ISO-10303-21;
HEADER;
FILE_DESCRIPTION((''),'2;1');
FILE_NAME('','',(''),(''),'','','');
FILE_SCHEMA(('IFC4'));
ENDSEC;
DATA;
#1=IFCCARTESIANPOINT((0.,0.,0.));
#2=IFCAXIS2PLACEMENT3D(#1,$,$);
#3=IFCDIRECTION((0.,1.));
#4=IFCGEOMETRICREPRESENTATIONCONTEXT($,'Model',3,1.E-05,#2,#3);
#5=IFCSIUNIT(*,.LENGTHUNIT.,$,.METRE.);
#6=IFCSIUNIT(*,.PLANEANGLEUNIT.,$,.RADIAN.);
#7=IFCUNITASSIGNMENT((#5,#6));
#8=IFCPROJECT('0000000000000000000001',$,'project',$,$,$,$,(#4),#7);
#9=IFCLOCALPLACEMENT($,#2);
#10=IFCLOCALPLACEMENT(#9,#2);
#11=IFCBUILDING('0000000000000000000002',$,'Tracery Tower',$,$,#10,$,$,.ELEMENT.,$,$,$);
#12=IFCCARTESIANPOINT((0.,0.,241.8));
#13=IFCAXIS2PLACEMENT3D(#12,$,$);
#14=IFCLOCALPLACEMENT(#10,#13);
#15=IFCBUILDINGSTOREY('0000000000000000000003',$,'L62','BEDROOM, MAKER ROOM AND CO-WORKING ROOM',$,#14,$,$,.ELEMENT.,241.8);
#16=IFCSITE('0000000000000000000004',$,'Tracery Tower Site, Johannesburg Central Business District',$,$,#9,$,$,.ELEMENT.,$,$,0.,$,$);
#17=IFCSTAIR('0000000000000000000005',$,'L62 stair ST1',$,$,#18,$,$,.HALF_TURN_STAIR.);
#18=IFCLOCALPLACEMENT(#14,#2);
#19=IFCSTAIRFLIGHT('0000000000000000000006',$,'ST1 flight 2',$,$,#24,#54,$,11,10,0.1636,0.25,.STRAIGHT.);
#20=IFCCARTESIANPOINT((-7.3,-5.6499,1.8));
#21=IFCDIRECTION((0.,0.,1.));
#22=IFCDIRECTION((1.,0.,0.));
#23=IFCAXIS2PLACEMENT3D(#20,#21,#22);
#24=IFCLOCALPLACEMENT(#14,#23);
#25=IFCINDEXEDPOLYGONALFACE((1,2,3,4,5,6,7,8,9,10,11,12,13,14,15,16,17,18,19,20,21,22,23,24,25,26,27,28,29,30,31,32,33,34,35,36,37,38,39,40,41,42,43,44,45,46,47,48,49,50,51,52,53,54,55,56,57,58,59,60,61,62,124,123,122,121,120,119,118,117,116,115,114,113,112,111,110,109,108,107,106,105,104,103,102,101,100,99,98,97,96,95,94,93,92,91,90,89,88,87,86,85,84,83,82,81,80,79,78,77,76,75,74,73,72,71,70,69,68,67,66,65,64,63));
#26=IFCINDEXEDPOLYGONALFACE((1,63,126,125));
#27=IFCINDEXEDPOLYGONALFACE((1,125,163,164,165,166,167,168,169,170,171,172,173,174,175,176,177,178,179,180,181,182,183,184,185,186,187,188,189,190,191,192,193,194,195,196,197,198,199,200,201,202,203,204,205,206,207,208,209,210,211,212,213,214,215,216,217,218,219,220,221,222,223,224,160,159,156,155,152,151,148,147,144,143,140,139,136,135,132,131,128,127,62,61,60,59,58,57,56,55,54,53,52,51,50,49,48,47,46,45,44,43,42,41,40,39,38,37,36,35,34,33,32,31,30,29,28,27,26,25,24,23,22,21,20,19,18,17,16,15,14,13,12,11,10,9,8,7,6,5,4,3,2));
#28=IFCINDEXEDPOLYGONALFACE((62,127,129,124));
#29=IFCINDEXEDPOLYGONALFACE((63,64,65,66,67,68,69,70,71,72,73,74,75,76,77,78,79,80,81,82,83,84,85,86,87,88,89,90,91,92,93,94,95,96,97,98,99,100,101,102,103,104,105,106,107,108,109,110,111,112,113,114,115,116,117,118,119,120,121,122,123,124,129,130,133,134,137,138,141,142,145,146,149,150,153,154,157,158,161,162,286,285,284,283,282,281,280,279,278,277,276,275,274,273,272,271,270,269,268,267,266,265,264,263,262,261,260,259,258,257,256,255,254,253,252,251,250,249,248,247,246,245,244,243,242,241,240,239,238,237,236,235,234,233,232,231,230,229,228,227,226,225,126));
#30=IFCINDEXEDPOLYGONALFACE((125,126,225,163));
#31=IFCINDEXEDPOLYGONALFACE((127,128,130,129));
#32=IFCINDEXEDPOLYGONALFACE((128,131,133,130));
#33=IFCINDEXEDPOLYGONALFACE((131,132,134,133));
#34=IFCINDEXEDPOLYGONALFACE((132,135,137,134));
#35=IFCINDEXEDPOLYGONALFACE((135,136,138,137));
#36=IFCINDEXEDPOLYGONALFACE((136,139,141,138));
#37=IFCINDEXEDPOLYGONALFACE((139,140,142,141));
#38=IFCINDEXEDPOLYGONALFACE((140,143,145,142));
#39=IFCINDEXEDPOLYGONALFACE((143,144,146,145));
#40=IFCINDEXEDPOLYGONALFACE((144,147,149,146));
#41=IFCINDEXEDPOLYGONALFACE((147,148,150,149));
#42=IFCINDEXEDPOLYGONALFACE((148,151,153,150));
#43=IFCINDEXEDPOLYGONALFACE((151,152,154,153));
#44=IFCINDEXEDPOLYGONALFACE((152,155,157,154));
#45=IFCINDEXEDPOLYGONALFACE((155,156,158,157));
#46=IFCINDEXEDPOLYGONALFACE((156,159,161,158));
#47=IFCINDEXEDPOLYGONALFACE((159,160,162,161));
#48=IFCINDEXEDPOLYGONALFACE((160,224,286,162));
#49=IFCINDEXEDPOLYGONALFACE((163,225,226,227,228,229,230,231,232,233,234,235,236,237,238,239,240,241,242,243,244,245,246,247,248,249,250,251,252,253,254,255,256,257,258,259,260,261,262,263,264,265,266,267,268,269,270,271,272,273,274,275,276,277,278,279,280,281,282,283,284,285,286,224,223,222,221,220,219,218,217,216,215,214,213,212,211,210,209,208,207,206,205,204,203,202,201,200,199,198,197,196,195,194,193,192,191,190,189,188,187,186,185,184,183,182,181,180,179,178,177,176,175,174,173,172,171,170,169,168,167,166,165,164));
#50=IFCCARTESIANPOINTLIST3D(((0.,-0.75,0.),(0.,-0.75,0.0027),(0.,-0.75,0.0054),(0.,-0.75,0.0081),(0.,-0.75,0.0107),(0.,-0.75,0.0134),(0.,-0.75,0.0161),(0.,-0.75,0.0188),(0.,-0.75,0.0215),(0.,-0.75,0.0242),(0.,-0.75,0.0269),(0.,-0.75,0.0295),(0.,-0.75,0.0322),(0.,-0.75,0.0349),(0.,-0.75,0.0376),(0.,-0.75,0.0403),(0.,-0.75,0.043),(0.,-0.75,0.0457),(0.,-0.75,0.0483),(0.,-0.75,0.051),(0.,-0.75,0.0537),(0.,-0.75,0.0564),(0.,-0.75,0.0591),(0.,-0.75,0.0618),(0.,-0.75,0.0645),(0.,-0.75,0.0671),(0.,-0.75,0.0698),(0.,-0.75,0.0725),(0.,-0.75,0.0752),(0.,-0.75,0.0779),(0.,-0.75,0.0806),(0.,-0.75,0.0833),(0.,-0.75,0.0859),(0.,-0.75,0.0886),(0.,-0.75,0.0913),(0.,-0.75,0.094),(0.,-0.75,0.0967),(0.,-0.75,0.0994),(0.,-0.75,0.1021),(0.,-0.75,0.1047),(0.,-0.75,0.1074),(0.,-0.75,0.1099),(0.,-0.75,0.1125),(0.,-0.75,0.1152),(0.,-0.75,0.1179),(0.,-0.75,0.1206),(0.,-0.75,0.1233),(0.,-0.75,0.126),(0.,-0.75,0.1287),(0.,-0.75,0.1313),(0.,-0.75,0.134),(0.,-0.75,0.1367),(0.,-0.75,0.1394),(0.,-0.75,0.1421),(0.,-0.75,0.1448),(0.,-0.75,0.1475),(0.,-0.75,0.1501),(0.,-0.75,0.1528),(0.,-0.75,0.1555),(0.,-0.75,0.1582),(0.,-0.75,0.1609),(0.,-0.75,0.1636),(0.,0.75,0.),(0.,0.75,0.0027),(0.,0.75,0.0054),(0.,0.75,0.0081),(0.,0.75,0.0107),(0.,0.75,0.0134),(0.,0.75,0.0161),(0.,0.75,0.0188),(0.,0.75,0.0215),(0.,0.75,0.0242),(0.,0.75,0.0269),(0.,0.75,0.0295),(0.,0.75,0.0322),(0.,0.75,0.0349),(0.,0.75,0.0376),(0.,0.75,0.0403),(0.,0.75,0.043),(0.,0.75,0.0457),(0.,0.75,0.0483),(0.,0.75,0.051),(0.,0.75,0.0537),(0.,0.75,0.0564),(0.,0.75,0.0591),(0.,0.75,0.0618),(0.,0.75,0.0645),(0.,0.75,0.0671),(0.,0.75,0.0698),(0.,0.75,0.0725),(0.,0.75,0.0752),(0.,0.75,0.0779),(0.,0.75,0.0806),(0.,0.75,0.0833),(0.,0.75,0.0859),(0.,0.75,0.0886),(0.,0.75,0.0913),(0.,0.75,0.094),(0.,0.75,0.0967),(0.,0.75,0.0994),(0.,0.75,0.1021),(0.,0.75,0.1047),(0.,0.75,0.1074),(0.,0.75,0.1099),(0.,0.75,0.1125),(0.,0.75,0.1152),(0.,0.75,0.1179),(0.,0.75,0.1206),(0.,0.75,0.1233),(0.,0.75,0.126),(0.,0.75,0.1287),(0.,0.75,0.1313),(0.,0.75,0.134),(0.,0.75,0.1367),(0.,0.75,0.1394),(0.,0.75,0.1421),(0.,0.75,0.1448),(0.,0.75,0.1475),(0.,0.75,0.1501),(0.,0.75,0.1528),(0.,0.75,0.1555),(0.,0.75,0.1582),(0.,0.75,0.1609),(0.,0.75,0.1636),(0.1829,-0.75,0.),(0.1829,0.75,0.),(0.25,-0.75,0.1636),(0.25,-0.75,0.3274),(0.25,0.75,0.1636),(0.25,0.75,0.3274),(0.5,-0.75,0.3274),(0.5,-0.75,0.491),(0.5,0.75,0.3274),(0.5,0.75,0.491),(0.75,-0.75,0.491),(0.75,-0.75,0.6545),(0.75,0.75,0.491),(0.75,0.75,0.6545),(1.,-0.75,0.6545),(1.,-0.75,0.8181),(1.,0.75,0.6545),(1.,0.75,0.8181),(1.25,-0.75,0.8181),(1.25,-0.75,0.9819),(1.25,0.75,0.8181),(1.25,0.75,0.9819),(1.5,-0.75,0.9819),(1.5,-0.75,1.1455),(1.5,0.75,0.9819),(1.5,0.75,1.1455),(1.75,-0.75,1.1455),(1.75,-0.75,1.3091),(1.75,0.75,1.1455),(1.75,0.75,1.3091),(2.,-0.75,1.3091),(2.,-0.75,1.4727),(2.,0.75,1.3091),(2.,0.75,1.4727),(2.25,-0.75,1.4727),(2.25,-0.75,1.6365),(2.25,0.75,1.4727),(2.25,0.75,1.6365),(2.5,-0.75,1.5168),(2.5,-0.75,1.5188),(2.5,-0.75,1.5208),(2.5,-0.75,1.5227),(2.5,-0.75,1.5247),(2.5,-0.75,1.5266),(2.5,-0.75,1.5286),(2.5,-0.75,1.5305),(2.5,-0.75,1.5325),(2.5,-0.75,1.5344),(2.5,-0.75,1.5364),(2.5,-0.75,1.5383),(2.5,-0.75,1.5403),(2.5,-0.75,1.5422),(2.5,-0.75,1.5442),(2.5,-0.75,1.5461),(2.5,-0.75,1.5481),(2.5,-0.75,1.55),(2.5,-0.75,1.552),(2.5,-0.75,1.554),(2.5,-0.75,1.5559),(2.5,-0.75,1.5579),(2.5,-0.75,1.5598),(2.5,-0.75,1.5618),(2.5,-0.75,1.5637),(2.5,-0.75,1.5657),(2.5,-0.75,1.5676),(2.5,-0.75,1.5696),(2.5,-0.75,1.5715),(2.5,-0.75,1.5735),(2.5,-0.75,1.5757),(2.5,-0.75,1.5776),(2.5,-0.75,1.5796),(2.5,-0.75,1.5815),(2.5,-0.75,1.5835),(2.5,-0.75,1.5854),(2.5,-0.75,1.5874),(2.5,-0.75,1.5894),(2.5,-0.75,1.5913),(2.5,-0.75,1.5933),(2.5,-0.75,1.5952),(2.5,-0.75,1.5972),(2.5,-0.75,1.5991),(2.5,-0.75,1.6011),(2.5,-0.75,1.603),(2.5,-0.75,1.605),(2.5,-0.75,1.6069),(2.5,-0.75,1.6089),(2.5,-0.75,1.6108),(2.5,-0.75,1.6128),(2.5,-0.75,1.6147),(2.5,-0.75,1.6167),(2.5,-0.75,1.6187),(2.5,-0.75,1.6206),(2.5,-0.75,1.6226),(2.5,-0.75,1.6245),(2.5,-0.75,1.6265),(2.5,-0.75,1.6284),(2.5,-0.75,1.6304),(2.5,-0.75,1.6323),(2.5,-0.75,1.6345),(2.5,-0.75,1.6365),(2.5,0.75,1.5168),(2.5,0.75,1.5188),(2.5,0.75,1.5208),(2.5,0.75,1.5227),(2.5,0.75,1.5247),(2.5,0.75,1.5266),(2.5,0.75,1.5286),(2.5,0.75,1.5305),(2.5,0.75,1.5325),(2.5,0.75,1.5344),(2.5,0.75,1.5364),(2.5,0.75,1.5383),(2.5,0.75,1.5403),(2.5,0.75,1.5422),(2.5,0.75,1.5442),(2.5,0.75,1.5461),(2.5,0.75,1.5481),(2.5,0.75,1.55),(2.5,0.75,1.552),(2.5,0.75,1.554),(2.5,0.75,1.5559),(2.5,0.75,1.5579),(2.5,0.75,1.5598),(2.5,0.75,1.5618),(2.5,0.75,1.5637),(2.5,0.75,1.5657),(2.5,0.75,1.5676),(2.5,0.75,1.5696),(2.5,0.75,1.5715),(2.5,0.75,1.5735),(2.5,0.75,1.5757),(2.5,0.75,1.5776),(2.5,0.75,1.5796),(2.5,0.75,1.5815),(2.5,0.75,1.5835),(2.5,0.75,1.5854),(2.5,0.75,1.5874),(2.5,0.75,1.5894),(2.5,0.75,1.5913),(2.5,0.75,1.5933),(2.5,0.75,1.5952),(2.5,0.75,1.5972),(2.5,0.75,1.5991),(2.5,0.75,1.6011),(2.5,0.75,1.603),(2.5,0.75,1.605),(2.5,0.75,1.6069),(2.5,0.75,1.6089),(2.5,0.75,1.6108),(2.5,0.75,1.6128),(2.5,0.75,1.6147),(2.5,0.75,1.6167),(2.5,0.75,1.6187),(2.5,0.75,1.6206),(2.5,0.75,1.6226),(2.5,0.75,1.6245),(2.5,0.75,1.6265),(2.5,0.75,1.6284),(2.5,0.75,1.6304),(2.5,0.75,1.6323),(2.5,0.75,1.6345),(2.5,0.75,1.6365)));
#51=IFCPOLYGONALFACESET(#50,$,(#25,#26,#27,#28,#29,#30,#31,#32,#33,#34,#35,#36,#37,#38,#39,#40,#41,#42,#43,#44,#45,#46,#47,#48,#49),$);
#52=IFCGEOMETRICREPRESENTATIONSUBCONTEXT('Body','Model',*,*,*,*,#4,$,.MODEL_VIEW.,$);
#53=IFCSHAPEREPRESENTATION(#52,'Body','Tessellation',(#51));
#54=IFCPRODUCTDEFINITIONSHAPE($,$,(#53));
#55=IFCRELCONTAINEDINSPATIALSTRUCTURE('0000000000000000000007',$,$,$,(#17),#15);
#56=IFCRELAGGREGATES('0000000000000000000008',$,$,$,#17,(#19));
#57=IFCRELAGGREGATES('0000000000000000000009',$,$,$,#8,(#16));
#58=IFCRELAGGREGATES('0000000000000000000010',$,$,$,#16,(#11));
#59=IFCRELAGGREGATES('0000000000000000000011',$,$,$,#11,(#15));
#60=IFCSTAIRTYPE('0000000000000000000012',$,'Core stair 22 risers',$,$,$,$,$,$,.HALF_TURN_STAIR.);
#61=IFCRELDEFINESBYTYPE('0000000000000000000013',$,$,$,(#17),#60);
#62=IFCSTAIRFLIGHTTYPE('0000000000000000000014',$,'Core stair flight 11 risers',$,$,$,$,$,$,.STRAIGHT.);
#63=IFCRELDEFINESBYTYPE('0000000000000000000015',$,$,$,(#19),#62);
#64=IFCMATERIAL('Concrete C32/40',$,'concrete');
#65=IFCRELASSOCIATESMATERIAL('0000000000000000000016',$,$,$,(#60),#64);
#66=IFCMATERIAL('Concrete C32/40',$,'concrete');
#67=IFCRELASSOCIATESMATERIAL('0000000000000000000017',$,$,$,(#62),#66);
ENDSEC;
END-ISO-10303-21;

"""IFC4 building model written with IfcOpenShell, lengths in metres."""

from ifc_helpers import new_model, si_unit, direction, frame, origin, place, context, subcontext, project, spatial, polyline, outline, extrude, material, type_object, element, aggregate, save


model = new_model("IFC4")

# Units and contexts
model_context = context("Model", 3, precision=1e-05, world=origin(), true_north=direction((0.0, 1.0)))
body_context = subcontext(model_context, "Body", "Model", "MODEL_VIEW")
ifc_project = project(units=[si_unit("LENGTHUNIT", "METRE"), si_unit("PLANEANGLEUNIT", "RADIAN")], contexts=[model_context])

# Site, building, storey
site_placement = place(None, origin())
site = spatial("IfcSite", under=ifc_project, at=site_placement, Name="Tracery Tower Site, Johannesburg Central Business District", CompositionType="ELEMENT", RefElevation=0.0)
building_placement = place(site_placement, origin())
building = spatial("IfcBuilding", under=site, at=building_placement, Name="Tracery Tower", CompositionType="ELEMENT")
storey_placement = place(building_placement, frame((0.0, 0.0, 241.8)))
storey = spatial("IfcBuildingStorey", under=building, at=storey_placement, Name="L62", Description="BEDROOM, MAKER ROOM AND CO-WORKING ROOM", CompositionType="ELEMENT", Elevation=241.8)

# Stair, stair flight
ifc_material_1 = material(Name="Concrete C32/40", Category="concrete")
stair_type = type_object("IfcStairType", Name="Core stair 22 risers", PredefinedType="HALF_TURN_STAIR", material=ifc_material_1)
stair_placement = place(storey_placement, origin())
stair = element("IfcStair", 1, at=stair_placement, inside=storey, type_object=stair_type, Name="L62 stair ST1", PredefinedType="HALF_TURN_STAIR")
ifc_material_2 = material(Name="Concrete C32/40", Category="concrete")
stair_flight_type = type_object("IfcStairFlightType", Name="Core stair flight 11 risers", PredefinedType="STRAIGHT", material=ifc_material_2)
stair_flight_1_placement = place(storey_placement, frame((-7.3, -5.6499, 1.8), z_axis=(0.0, 0.0, 1.0), x_axis=(1.0, 0.0, 0.0)))
stair_flight_1 = element("IfcStairFlight", 2, at=stair_flight_1_placement, type_object=stair_flight_type, Name="ST1 flight 2", NumberOfRisers=11, NumberOfTreads=10, PredefinedType="STRAIGHT", RiserHeight=0.1636, TreadLength=0.25, context=body_context, shape_type="SweptSolid", body=[
    extrude(outline(polyline([(0.0, 0.0), (0.0, 0.0027), (0.0, 0.0054), (0.0, 0.0081), (0.0, 0.0107), (0.0, 0.0134), (0.0, 0.0161), (0.0, 0.0188), (0.0, 0.0215), (0.0, 0.0242), (0.0, 0.0269), (0.0, 0.0295), (0.0, 0.0322), (0.0, 0.0349), (0.0, 0.0376), (0.0, 0.0403), (0.0, 0.043), (0.0, 0.0457), (0.0, 0.0483), (0.0, 0.051), (0.0, 0.0537), (0.0, 0.0564), (0.0, 0.0591), (0.0, 0.0618), (0.0, 0.0645), (0.0, 0.0671), (0.0, 0.0698), (0.0, 0.0725), (0.0, 0.0752), (0.0, 0.0779), (0.0, 0.0806), (0.0, 0.0833), (0.0, 0.0859), (0.0, 0.0886), (0.0, 0.0913), (0.0, 0.094), (0.0, 0.0967), (0.0, 0.0994), (0.0, 0.1021), (0.0, 0.1047), (0.0, 0.1074), (0.0, 0.1099), (0.0, 0.1125), (0.0, 0.1152), (0.0, 0.1179), (0.0, 0.1206), (0.0, 0.1233), (0.0, 0.126), (0.0, 0.1287), (0.0, 0.1313), (0.0, 0.134), (0.0, 0.1367), (0.0, 0.1394), (0.0, 0.1421), (0.0, 0.1448), (0.0, 0.1475), (0.0, 0.1501), (0.0, 0.1528), (0.0, 0.1555), (0.0, 0.1582), (0.0, 0.1609), (0.0, 0.1636), (0.25, 0.1636), (0.25, 0.3274), (0.5, 0.3274), (0.5, 0.491), (0.75, 0.491), (0.75, 0.6545), (1.0, 0.6545), (1.0, 0.8181), (1.25, 0.8181), (1.25, 0.9819), (1.5, 0.9819), (1.5, 1.1455), (1.75, 1.1455), (1.75, 1.3091), (2.0, 1.3091), (2.0, 1.4727), (2.25, 1.4727), (2.25, 1.6365), (2.5, 1.6365), (2.5, 1.6345), (2.5, 1.6323), (2.5, 1.6304), (2.5, 1.6284), (2.5, 1.6265), (2.5, 1.6245), (2.5, 1.6226), (2.5, 1.6206), (2.5, 1.6187), (2.5, 1.6167), (2.5, 1.6147), (2.5, 1.6128), (2.5, 1.6108), (2.5, 1.6089), (2.5, 1.6069), (2.5, 1.605), (2.5, 1.603), (2.5, 1.6011), (2.5, 1.5991), (2.5, 1.5972), (2.5, 1.5952), (2.5, 1.5933), (2.5, 1.5913), (2.5, 1.5894), (2.5, 1.5874), (2.5, 1.5854), (2.5, 1.5835), (2.5, 1.5815), (2.5, 1.5796), (2.5, 1.5776), (2.5, 1.5757), (2.5, 1.5735), (2.5, 1.5715), (2.5, 1.5696), (2.5, 1.5676), (2.5, 1.5657), (2.5, 1.5637), (2.5, 1.5618), (2.5, 1.5598), (2.5, 1.5579), (2.5, 1.5559), (2.5, 1.554), (2.5, 1.552), (2.5, 1.55), (2.5, 1.5481), (2.5, 1.5461), (2.5, 1.5442), (2.5, 1.5422), (2.5, 1.5403), (2.5, 1.5383), (2.5, 1.5364), (2.5, 1.5344), (2.5, 1.5325), (2.5, 1.5305), (2.5, 1.5286), (2.5, 1.5266), (2.5, 1.5247), (2.5, 1.5227), (2.5, 1.5208), (2.5, 1.5188), (2.5, 1.5168), (0.1829, 0.0), (0.0, 0.0)])), frame((0.0, 0.75, 0.0), z_axis=(0.0, -1.0, 0.0), x_axis=(1.0, 0.0, 0.0)), (0.0, 0.0, 1.0), 1.5),
])
aggregate(stair, [stair_flight_1])

save(model, "model.ifc")
